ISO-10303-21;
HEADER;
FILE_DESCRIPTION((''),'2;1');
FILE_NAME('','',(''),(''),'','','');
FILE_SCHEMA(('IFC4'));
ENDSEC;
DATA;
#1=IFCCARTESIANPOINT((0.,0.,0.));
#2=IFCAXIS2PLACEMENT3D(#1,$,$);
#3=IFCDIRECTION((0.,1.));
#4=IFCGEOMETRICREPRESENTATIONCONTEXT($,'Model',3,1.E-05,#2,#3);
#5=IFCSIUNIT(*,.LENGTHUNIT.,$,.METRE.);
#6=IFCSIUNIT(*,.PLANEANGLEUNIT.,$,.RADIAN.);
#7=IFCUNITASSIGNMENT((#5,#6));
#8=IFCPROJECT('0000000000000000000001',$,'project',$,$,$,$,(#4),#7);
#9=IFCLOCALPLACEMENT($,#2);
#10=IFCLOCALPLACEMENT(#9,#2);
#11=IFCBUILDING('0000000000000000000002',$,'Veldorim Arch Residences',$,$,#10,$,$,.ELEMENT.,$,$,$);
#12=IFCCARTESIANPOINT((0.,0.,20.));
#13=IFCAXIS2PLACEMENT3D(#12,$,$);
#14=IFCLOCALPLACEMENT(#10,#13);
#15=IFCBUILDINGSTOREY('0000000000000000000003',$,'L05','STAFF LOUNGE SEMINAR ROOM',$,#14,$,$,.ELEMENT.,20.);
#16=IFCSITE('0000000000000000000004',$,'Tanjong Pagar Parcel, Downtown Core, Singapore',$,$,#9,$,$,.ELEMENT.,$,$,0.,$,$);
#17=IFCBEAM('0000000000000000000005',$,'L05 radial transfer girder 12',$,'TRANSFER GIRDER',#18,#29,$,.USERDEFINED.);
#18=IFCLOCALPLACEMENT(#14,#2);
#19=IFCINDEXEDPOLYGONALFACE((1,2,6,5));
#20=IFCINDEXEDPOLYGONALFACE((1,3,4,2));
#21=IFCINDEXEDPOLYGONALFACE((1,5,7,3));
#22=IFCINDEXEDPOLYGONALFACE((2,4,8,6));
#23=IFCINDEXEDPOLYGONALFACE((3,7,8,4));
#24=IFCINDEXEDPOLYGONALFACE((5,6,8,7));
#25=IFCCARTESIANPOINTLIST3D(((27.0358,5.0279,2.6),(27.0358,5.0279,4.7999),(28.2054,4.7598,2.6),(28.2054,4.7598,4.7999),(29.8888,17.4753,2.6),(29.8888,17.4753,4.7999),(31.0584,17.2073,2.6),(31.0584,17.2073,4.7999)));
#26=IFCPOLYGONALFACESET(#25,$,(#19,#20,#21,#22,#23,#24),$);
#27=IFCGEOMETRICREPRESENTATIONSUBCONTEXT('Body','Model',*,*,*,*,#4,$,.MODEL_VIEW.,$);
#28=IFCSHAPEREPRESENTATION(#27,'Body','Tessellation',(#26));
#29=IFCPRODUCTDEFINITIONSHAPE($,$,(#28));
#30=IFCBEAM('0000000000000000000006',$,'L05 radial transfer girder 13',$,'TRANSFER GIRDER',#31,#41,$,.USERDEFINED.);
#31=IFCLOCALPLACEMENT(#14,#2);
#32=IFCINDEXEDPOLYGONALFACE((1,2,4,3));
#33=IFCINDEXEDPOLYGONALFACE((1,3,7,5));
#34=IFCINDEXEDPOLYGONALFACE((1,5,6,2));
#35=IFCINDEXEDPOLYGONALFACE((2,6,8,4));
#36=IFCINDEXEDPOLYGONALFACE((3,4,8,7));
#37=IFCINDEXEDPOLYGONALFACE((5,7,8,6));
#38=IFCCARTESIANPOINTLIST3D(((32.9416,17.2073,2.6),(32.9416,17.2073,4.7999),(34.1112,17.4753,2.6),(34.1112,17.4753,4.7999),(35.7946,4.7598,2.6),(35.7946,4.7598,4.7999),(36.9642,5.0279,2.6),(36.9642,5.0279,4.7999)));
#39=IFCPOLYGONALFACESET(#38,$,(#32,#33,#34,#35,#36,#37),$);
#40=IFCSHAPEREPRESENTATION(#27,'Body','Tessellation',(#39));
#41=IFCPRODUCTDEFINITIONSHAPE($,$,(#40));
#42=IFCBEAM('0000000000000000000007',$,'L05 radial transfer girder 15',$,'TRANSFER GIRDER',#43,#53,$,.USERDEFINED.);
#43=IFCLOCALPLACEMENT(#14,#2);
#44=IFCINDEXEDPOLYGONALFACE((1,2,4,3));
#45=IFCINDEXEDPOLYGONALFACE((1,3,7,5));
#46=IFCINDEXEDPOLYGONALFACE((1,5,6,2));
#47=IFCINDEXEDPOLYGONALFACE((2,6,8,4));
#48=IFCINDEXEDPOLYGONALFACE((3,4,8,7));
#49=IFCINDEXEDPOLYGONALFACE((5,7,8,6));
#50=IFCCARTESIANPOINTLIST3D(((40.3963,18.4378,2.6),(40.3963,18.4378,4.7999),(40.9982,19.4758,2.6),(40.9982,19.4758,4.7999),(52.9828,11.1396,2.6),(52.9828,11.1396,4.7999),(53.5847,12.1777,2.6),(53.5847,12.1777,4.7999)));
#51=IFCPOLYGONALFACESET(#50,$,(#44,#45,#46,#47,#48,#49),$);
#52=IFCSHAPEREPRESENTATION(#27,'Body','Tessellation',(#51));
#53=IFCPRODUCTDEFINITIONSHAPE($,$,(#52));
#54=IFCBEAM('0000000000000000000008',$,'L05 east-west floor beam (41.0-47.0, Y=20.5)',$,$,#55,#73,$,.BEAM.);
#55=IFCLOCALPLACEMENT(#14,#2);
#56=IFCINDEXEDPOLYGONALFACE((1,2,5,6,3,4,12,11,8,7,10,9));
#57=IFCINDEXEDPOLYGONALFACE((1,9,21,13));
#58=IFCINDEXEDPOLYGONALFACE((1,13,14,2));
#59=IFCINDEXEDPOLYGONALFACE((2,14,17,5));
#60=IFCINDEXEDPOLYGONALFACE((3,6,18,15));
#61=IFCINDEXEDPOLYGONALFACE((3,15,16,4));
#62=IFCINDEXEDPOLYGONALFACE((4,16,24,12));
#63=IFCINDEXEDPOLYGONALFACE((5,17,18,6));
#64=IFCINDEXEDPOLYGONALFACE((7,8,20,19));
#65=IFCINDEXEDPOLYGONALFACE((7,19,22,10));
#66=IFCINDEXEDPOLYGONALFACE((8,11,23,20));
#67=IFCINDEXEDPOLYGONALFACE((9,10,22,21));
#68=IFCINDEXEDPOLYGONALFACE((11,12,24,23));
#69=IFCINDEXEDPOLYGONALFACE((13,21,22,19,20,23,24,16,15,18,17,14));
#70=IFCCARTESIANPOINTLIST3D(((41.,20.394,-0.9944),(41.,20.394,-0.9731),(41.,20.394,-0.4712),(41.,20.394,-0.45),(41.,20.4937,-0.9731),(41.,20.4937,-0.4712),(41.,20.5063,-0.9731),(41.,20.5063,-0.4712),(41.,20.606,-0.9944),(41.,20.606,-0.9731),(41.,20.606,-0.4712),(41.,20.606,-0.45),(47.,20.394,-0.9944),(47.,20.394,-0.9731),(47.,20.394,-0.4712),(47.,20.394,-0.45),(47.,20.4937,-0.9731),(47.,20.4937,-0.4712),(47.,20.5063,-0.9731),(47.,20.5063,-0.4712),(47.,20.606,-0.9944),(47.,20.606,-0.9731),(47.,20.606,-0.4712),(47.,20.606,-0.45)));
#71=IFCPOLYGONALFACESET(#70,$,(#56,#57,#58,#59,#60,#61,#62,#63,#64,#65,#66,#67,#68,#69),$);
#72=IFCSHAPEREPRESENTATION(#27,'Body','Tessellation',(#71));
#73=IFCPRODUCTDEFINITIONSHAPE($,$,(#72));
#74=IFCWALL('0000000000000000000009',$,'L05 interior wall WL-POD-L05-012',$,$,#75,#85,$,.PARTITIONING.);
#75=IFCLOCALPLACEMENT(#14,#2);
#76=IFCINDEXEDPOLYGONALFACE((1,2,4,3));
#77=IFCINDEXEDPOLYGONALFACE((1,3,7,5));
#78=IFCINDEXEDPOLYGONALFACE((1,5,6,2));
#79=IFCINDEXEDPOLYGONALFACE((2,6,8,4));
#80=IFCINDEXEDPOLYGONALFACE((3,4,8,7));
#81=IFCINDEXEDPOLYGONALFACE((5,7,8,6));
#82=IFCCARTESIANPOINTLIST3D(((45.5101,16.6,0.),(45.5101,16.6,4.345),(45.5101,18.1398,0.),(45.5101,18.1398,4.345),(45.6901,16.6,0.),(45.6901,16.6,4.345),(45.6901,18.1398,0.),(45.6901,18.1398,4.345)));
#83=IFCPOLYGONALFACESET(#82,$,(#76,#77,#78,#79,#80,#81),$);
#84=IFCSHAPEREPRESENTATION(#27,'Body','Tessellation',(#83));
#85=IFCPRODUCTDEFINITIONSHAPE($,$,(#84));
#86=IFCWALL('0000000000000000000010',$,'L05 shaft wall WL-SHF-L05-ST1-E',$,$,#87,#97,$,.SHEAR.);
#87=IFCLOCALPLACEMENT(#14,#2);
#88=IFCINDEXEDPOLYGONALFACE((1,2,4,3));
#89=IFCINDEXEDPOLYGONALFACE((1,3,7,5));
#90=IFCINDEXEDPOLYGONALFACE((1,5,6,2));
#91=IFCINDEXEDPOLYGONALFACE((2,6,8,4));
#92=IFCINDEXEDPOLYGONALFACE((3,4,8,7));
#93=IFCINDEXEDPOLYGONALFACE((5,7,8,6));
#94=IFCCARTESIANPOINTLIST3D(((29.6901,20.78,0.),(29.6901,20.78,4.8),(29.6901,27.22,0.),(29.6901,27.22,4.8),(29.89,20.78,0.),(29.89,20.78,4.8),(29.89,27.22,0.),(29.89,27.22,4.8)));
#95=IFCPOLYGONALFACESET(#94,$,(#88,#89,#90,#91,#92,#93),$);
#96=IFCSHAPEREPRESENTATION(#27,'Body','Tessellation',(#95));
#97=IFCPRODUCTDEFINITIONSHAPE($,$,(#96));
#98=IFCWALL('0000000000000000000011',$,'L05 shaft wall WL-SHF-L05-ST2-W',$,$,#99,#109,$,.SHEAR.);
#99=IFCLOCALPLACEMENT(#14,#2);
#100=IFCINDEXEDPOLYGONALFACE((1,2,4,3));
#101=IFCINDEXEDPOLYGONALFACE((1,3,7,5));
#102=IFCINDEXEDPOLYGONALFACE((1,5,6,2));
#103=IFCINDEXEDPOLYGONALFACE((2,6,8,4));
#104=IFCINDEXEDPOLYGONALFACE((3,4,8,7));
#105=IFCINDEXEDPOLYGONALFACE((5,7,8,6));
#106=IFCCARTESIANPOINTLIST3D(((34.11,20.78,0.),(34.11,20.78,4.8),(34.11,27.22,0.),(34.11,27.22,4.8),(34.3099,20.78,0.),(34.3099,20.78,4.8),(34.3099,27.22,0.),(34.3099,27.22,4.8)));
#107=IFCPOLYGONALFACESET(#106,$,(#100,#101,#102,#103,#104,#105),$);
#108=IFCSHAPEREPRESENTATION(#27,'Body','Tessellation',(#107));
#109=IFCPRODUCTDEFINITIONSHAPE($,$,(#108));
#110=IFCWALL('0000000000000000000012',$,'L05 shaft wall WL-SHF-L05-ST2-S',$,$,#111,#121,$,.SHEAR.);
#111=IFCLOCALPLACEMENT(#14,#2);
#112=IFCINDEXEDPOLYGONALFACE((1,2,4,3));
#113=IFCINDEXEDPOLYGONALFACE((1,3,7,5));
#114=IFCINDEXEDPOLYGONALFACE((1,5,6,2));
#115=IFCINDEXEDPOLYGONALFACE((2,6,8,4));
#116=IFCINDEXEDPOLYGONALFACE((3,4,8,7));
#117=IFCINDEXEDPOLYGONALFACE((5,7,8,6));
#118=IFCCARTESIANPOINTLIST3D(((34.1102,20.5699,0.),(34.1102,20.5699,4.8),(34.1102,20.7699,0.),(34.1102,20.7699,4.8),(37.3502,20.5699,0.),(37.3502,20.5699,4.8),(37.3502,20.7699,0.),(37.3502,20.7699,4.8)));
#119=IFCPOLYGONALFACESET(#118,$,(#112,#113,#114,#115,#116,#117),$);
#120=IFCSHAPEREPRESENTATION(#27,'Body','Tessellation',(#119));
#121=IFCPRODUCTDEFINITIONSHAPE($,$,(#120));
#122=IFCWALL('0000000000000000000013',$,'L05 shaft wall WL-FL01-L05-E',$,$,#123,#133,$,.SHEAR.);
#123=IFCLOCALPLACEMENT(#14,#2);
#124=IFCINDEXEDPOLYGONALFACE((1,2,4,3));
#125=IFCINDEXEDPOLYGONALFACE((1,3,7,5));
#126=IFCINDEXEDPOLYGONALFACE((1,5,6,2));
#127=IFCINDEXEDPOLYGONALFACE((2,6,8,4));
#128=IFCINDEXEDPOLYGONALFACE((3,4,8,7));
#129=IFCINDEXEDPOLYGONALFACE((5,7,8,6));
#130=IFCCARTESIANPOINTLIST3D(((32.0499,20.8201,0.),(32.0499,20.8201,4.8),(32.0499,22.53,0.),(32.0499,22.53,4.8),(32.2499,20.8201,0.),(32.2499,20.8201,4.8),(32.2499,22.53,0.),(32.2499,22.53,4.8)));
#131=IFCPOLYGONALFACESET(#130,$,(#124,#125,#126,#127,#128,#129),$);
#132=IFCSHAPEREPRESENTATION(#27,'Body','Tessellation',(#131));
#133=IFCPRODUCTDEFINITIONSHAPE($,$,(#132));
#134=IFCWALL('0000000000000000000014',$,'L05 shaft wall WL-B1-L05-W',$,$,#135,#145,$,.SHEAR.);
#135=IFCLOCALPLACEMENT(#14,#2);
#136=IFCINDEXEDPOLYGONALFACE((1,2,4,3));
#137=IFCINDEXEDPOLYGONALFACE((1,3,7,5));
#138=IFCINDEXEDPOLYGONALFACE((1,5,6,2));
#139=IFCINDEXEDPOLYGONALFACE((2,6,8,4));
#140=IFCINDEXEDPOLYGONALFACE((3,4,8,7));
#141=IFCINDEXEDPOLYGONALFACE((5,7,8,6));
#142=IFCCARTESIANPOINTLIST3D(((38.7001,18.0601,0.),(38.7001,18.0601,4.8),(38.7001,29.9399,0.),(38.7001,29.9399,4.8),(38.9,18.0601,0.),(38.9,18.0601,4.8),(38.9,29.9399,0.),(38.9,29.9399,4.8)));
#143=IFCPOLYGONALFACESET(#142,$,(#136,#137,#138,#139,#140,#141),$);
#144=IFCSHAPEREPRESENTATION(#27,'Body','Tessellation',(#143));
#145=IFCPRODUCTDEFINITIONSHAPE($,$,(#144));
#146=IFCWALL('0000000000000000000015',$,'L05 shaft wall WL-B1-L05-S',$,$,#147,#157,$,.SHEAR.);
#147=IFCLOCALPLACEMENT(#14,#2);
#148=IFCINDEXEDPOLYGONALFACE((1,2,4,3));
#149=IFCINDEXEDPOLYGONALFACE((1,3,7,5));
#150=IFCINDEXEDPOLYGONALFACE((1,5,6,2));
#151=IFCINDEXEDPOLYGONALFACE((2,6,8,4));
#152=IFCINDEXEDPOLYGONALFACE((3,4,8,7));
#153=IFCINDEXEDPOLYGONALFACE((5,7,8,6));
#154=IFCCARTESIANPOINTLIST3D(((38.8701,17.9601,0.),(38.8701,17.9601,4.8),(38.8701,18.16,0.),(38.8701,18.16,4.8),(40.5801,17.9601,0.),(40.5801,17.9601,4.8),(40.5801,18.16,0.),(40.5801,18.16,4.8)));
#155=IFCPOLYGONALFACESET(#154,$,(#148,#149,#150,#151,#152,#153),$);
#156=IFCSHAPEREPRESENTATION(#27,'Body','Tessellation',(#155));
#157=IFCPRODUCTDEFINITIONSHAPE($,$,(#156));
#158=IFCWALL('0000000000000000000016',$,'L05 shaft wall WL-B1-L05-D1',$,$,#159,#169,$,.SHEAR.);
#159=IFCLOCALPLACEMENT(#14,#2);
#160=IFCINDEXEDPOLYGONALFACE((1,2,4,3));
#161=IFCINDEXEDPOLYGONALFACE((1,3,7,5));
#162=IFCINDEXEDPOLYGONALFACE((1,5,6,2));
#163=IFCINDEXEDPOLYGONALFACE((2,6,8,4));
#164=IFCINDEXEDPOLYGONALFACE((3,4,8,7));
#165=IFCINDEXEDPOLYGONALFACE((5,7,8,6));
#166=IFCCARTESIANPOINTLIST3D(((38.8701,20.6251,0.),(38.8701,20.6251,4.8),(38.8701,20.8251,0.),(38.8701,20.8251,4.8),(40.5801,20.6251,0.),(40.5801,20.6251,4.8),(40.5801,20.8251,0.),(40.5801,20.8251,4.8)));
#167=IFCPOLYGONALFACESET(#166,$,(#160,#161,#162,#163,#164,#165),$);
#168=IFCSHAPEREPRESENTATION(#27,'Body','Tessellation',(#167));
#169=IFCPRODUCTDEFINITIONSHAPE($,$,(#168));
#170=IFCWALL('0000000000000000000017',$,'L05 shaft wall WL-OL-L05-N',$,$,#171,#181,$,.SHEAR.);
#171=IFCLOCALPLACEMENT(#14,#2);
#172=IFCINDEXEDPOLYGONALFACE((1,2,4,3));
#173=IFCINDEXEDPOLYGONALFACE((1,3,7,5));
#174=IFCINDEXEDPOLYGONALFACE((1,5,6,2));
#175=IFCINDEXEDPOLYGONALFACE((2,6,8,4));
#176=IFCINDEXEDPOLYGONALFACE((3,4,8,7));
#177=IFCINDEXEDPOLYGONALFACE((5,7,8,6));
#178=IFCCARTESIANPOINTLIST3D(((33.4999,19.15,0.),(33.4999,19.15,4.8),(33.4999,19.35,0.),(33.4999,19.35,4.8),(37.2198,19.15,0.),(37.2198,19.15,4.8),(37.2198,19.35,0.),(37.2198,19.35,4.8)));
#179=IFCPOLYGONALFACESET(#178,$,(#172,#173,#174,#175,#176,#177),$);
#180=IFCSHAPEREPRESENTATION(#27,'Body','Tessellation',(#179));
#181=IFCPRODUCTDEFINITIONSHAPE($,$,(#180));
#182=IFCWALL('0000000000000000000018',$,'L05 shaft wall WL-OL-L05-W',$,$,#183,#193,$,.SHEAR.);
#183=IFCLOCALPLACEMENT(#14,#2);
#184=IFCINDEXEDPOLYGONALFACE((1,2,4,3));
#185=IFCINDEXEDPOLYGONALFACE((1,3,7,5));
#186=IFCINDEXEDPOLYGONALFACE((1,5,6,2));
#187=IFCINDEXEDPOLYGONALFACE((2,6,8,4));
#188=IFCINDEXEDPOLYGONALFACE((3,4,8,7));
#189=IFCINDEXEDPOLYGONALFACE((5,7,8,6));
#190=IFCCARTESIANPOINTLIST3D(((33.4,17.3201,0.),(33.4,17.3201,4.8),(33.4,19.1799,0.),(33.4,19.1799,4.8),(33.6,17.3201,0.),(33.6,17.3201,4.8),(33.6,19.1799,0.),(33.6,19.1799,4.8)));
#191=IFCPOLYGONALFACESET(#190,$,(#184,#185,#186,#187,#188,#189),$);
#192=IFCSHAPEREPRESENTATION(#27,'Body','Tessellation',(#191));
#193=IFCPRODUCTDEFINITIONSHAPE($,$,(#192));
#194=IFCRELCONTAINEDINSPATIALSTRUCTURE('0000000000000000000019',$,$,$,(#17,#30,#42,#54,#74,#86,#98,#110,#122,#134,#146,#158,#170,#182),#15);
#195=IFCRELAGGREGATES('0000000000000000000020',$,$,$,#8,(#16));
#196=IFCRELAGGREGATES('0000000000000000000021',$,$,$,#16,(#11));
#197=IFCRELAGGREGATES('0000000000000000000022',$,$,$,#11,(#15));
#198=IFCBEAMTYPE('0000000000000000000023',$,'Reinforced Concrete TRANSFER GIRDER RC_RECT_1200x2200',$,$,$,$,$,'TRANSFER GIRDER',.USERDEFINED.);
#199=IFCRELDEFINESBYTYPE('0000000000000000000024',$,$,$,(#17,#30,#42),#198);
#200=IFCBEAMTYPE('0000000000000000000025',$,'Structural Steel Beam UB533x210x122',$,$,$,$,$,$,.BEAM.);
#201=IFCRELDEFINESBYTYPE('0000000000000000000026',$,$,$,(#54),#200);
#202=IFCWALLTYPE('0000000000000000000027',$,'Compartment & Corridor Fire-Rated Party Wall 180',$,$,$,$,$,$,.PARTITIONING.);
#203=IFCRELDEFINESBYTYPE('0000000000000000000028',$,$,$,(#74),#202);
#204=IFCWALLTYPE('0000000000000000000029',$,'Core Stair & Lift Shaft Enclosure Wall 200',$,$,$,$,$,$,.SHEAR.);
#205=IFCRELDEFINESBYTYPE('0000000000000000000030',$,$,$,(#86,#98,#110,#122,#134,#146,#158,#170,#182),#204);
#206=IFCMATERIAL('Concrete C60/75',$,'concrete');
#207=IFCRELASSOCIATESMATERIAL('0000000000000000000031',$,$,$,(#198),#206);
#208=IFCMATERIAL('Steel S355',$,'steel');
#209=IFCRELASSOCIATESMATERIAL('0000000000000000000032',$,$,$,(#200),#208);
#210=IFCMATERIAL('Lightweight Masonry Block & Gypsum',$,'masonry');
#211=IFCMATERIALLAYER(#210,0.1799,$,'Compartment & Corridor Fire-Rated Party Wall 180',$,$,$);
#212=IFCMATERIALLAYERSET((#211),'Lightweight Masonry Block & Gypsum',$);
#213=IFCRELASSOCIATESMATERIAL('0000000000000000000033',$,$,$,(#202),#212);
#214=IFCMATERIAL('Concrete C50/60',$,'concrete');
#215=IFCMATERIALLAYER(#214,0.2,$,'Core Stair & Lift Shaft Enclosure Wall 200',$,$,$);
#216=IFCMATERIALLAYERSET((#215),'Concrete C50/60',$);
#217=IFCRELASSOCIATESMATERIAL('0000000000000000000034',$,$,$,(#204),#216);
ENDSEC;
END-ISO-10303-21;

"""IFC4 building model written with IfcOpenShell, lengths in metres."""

from ifc_helpers import new_model, si_unit, direction, frame, frame_2d, origin, origin_2d, place, context, subcontext, project, spatial, rectangle, i_section, extrude, material, layer, layer_set, material_profile, profile_set, type_object, element, save


model = new_model("IFC4")

# Units and contexts
model_context = context("Model", 3, precision=1e-05, world=origin(), true_north=direction((0.0, 1.0)))
body_context = subcontext(model_context, "Body", "Model", "MODEL_VIEW")
ifc_project = project(units=[si_unit("LENGTHUNIT", "METRE"), si_unit("PLANEANGLEUNIT", "RADIAN")], contexts=[model_context])

# Site, building, storey
site_placement = place(None, origin())
site = spatial("IfcSite", under=ifc_project, at=site_placement, Name="Tanjong Pagar Parcel, Downtown Core, Singapore", CompositionType="ELEMENT", RefElevation=0.0)
building_placement = place(site_placement, origin())
building = spatial("IfcBuilding", under=site, at=building_placement, Name="Veldorim Arch Residences", CompositionType="ELEMENT")
storey_placement = place(building_placement, frame((0.0, 0.0, 20.0)))
storey = spatial("IfcBuildingStorey", under=building, at=storey_placement, Name="L05", Description="STAFF LOUNGE SEMINAR ROOM", CompositionType="ELEMENT", Elevation=20.0)

# Beams
ifc_material_1 = material(Name="Concrete C60/75", Category="concrete")
ifc_material_profile_1 = material_profile(ifc_material_1, rectangle(XDim=1.2, YDim=2.2, at=origin_2d()), Name="RC_RECT_1200x2200")
ifc_profile_set_1 = profile_set([ifc_material_profile_1], Name="Concrete C60/75")
beam_type_1 = type_object("IfcBeamType", Name="Reinforced Concrete TRANSFER GIRDER RC_RECT_1200x2200", ElementType="TRANSFER GIRDER", PredefinedType="USERDEFINED", material=ifc_profile_set_1)
for number, where, z_axis, x_axis, name in (
    (1, (30.4736, 17.3413, 3.7), (-0.223411, -0.974724, 0.0), (0.974724, -0.223411, 0.0), "L05 radial transfer girder 12"),
    (2, (33.5264, 17.3413, 3.7), (0.223411, -0.974724, 0.0), (0.974724, 0.223411, 0.0), "L05 radial transfer girder 13"),
):
    element("IfcBeam", number, at=place(storey_placement, frame(where, z_axis=z_axis, x_axis=x_axis)), inside=storey, type_object=beam_type_1, Name=name, ObjectType="TRANSFER GIRDER", PredefinedType="USERDEFINED", context=body_context, shape_type="SweptSolid", body=[
        extrude(rectangle(XDim=1.2, YDim=2.2, at=origin_2d()), origin(), (0.0, 0.0, 1.0), 12.7703),
    ])
beam_1_placement = place(storey_placement, frame((40.6973, 18.9568, 3.7), z_axis=(0.865092, -0.501614, 0.0), x_axis=(0.501614, 0.865092, 0.0)))
element("IfcBeam", 3, at=beam_1_placement, inside=storey, type_object=beam_type_1, Name="L05 radial transfer girder 15", ObjectType="TRANSFER GIRDER", PredefinedType="USERDEFINED", context=body_context, shape_type="SweptSolid", body=[
    extrude(rectangle(XDim=1.2, YDim=2.2, at=origin_2d()), origin(), (0.0, 0.0, 1.0), 14.5493),
])
ifc_material_2 = material(Name="Steel S355", Category="steel")
ifc_material_profile_2 = material_profile(ifc_material_2, i_section(OverallWidth=0.2119, OverallDepth=0.5444, WebThickness=0.0127, FlangeThickness=0.0212, at=origin_2d()), Name="UB533x210x122")
ifc_profile_set_2 = profile_set([ifc_material_profile_2], Name="Steel S355")
beam_type_2 = type_object("IfcBeamType", Name="Structural Steel Beam UB533x210x122", PredefinedType="BEAM", material=ifc_profile_set_2)
beam_2_placement = place(storey_placement, frame((41.0, 20.5, -0.7222), z_axis=(1.0, 0.0, 0.0), x_axis=(0.0, 1.0, 0.0)))
element("IfcBeam", 4, at=beam_2_placement, inside=storey, type_object=beam_type_2, Name="L05 east-west floor beam (41.0-47.0, Y=20.5)", PredefinedType="BEAM", context=body_context, shape_type="SweptSolid", body=[
    extrude(i_section(OverallWidth=0.2119, OverallDepth=0.5444, WebThickness=0.0127, FlangeThickness=0.0212, at=origin_2d()), origin(), (0.0, 0.0, 1.0), 6.0),
])

# Walls
ifc_material_3 = material(Name="Lightweight Masonry Block & Gypsum", Category="masonry")
ifc_layer_1 = layer(ifc_material_3, 0.1799, Name="Compartment & Corridor Fire-Rated Party Wall 180")
ifc_layer_set_1 = layer_set([ifc_layer_1], Name="Lightweight Masonry Block & Gypsum")
wall_type_1 = type_object("IfcWallType", Name="Compartment & Corridor Fire-Rated Party Wall 180", PredefinedType="PARTITIONING", material=ifc_layer_set_1)
wall_1_placement = place(storey_placement, frame((45.6001, 18.1399, 0.0), z_axis=(0.0, 0.0, 1.0), x_axis=(0.0, -1.0, 0.0)))
element("IfcWall", 5, at=wall_1_placement, inside=storey, type_object=wall_type_1, Name="L05 interior wall WL-POD-L05-012", PredefinedType="PARTITIONING", context=body_context, shape_type="SweptSolid", body=[
    extrude(rectangle(XDim=1.5398, YDim=0.1799, at=frame_2d((0.77, 0.0))), origin(), (0.0, 0.0, 1.0), 4.345),
])
ifc_material_4 = material(Name="Concrete C50/60", Category="concrete")
ifc_layer_2 = layer(ifc_material_4, 0.2, Name="Core Stair & Lift Shaft Enclosure Wall 200")
ifc_layer_set_2 = layer_set([ifc_layer_2], Name="Concrete C50/60")
wall_type_2 = type_object("IfcWallType", Name="Core Stair & Lift Shaft Enclosure Wall 200", PredefinedType="SHEAR", material=ifc_layer_set_2)
for number, where, z_axis, x_axis, name in (
    (6, (29.79, 20.78, 0.0), (0.0, 0.0, 1.0), (0.0, 1.0, 0.0), "L05 shaft wall WL-SHF-L05-ST1-E"),
    (7, (34.21, 20.78, 0.0), (0.0, 0.0, 1.0), (0.0, 1.0, 0.0), "L05 shaft wall WL-SHF-L05-ST2-W"),
):
    element("IfcWall", number, at=place(storey_placement, frame(where, z_axis=z_axis, x_axis=x_axis)), inside=storey, type_object=wall_type_2, Name=name, PredefinedType="SHEAR", context=body_context, shape_type="SweptSolid", body=[
        extrude(rectangle(XDim=6.4399, YDim=0.2, at=frame_2d((3.22, 0.0))), origin(), (0.0, 0.0, 1.0), 4.8),
    ])
wall_2_placement = place(storey_placement, frame((34.1101, 20.6699, 0.0), z_axis=(0.0, 0.0, 1.0), x_axis=(1.0, 0.0, 0.0)))
element("IfcWall", 8, at=wall_2_placement, inside=storey, type_object=wall_type_2, Name="L05 shaft wall WL-SHF-L05-ST2-S", PredefinedType="SHEAR", context=body_context, shape_type="SweptSolid", body=[
    extrude(rectangle(XDim=3.24, YDim=0.2, at=frame_2d((1.6201, 0.0))), origin(), (0.0, 0.0, 1.0), 4.8),
])

# Walls
wall_3_placement = place(storey_placement, frame((32.1499, 20.8201, 0.0), z_axis=(0.0, 0.0, 1.0), x_axis=(0.0, 1.0, 0.0)))
element("IfcWall", 9, at=wall_3_placement, inside=storey, type_object=wall_type_2, Name="L05 shaft wall WL-FL01-L05-E", PredefinedType="SHEAR", context=body_context, shape_type="SweptSolid", body=[
    extrude(rectangle(XDim=1.71, YDim=0.2, at=frame_2d((0.855, 0.0))), origin(), (0.0, 0.0, 1.0), 4.8),
])
wall_4_placement = place(storey_placement, frame((38.8, 18.0601, 0.0), z_axis=(0.0, 0.0, 1.0), x_axis=(0.0, 1.0, 0.0)))
element("IfcWall", 10, at=wall_4_placement, inside=storey, type_object=wall_type_2, Name="L05 shaft wall WL-B1-L05-W", PredefinedType="SHEAR", context=body_context, shape_type="SweptSolid", body=[
    extrude(rectangle(XDim=11.8799, YDim=0.2, at=frame_2d((5.9399, 0.0))), origin(), (0.0, 0.0, 1.0), 4.8),
])
for number, where, z_axis, x_axis, name in (
    (11, (38.8701, 18.0601, 0.0), (0.0, 0.0, 1.0), (1.0, 0.0, 0.0), "L05 shaft wall WL-B1-L05-S"),
    (12, (38.8701, 20.7251, 0.0), (0.0, 0.0, 1.0), (1.0, 0.0, 0.0), "L05 shaft wall WL-B1-L05-D1"),
):
    element("IfcWall", number, at=place(storey_placement, frame(where, z_axis=z_axis, x_axis=x_axis)), inside=storey, type_object=wall_type_2, Name=name, PredefinedType="SHEAR", context=body_context, shape_type="SweptSolid", body=[
        extrude(rectangle(XDim=1.71, YDim=0.2, at=frame_2d((0.855, 0.0))), origin(), (0.0, 0.0, 1.0), 4.8),
    ])
wall_5_placement = place(storey_placement, frame((33.5, 19.25, 0.0), z_axis=(0.0, 0.0, 1.0), x_axis=(1.0, 0.0, 0.0)))
element("IfcWall", 13, at=wall_5_placement, inside=storey, type_object=wall_type_2, Name="L05 shaft wall WL-OL-L05-N", PredefinedType="SHEAR", context=body_context, shape_type="SweptSolid", body=[
    extrude(rectangle(XDim=3.72, YDim=0.2, at=frame_2d((1.8599, 0.0))), origin(), (0.0, 0.0, 1.0), 4.8),
])
for number, where, z_axis, x_axis, name in (
    (14, (33.5, 17.3201, 0.0), (0.0, 0.0, 1.0), (0.0, 1.0, 0.0), "L05 shaft wall WL-OL-L05-W"),
):
    element("IfcWall", number, at=place(storey_placement, frame(where, z_axis=z_axis, x_axis=x_axis)), inside=storey, type_object=wall_type_2, Name=name, PredefinedType="SHEAR", context=body_context, shape_type="SweptSolid", body=[
        extrude(rectangle(XDim=1.8599, YDim=0.2, at=frame_2d((0.9299, 0.0))), origin(), (0.0, 0.0, 1.0), 4.8),
    ])

save(model, "model.ifc")
